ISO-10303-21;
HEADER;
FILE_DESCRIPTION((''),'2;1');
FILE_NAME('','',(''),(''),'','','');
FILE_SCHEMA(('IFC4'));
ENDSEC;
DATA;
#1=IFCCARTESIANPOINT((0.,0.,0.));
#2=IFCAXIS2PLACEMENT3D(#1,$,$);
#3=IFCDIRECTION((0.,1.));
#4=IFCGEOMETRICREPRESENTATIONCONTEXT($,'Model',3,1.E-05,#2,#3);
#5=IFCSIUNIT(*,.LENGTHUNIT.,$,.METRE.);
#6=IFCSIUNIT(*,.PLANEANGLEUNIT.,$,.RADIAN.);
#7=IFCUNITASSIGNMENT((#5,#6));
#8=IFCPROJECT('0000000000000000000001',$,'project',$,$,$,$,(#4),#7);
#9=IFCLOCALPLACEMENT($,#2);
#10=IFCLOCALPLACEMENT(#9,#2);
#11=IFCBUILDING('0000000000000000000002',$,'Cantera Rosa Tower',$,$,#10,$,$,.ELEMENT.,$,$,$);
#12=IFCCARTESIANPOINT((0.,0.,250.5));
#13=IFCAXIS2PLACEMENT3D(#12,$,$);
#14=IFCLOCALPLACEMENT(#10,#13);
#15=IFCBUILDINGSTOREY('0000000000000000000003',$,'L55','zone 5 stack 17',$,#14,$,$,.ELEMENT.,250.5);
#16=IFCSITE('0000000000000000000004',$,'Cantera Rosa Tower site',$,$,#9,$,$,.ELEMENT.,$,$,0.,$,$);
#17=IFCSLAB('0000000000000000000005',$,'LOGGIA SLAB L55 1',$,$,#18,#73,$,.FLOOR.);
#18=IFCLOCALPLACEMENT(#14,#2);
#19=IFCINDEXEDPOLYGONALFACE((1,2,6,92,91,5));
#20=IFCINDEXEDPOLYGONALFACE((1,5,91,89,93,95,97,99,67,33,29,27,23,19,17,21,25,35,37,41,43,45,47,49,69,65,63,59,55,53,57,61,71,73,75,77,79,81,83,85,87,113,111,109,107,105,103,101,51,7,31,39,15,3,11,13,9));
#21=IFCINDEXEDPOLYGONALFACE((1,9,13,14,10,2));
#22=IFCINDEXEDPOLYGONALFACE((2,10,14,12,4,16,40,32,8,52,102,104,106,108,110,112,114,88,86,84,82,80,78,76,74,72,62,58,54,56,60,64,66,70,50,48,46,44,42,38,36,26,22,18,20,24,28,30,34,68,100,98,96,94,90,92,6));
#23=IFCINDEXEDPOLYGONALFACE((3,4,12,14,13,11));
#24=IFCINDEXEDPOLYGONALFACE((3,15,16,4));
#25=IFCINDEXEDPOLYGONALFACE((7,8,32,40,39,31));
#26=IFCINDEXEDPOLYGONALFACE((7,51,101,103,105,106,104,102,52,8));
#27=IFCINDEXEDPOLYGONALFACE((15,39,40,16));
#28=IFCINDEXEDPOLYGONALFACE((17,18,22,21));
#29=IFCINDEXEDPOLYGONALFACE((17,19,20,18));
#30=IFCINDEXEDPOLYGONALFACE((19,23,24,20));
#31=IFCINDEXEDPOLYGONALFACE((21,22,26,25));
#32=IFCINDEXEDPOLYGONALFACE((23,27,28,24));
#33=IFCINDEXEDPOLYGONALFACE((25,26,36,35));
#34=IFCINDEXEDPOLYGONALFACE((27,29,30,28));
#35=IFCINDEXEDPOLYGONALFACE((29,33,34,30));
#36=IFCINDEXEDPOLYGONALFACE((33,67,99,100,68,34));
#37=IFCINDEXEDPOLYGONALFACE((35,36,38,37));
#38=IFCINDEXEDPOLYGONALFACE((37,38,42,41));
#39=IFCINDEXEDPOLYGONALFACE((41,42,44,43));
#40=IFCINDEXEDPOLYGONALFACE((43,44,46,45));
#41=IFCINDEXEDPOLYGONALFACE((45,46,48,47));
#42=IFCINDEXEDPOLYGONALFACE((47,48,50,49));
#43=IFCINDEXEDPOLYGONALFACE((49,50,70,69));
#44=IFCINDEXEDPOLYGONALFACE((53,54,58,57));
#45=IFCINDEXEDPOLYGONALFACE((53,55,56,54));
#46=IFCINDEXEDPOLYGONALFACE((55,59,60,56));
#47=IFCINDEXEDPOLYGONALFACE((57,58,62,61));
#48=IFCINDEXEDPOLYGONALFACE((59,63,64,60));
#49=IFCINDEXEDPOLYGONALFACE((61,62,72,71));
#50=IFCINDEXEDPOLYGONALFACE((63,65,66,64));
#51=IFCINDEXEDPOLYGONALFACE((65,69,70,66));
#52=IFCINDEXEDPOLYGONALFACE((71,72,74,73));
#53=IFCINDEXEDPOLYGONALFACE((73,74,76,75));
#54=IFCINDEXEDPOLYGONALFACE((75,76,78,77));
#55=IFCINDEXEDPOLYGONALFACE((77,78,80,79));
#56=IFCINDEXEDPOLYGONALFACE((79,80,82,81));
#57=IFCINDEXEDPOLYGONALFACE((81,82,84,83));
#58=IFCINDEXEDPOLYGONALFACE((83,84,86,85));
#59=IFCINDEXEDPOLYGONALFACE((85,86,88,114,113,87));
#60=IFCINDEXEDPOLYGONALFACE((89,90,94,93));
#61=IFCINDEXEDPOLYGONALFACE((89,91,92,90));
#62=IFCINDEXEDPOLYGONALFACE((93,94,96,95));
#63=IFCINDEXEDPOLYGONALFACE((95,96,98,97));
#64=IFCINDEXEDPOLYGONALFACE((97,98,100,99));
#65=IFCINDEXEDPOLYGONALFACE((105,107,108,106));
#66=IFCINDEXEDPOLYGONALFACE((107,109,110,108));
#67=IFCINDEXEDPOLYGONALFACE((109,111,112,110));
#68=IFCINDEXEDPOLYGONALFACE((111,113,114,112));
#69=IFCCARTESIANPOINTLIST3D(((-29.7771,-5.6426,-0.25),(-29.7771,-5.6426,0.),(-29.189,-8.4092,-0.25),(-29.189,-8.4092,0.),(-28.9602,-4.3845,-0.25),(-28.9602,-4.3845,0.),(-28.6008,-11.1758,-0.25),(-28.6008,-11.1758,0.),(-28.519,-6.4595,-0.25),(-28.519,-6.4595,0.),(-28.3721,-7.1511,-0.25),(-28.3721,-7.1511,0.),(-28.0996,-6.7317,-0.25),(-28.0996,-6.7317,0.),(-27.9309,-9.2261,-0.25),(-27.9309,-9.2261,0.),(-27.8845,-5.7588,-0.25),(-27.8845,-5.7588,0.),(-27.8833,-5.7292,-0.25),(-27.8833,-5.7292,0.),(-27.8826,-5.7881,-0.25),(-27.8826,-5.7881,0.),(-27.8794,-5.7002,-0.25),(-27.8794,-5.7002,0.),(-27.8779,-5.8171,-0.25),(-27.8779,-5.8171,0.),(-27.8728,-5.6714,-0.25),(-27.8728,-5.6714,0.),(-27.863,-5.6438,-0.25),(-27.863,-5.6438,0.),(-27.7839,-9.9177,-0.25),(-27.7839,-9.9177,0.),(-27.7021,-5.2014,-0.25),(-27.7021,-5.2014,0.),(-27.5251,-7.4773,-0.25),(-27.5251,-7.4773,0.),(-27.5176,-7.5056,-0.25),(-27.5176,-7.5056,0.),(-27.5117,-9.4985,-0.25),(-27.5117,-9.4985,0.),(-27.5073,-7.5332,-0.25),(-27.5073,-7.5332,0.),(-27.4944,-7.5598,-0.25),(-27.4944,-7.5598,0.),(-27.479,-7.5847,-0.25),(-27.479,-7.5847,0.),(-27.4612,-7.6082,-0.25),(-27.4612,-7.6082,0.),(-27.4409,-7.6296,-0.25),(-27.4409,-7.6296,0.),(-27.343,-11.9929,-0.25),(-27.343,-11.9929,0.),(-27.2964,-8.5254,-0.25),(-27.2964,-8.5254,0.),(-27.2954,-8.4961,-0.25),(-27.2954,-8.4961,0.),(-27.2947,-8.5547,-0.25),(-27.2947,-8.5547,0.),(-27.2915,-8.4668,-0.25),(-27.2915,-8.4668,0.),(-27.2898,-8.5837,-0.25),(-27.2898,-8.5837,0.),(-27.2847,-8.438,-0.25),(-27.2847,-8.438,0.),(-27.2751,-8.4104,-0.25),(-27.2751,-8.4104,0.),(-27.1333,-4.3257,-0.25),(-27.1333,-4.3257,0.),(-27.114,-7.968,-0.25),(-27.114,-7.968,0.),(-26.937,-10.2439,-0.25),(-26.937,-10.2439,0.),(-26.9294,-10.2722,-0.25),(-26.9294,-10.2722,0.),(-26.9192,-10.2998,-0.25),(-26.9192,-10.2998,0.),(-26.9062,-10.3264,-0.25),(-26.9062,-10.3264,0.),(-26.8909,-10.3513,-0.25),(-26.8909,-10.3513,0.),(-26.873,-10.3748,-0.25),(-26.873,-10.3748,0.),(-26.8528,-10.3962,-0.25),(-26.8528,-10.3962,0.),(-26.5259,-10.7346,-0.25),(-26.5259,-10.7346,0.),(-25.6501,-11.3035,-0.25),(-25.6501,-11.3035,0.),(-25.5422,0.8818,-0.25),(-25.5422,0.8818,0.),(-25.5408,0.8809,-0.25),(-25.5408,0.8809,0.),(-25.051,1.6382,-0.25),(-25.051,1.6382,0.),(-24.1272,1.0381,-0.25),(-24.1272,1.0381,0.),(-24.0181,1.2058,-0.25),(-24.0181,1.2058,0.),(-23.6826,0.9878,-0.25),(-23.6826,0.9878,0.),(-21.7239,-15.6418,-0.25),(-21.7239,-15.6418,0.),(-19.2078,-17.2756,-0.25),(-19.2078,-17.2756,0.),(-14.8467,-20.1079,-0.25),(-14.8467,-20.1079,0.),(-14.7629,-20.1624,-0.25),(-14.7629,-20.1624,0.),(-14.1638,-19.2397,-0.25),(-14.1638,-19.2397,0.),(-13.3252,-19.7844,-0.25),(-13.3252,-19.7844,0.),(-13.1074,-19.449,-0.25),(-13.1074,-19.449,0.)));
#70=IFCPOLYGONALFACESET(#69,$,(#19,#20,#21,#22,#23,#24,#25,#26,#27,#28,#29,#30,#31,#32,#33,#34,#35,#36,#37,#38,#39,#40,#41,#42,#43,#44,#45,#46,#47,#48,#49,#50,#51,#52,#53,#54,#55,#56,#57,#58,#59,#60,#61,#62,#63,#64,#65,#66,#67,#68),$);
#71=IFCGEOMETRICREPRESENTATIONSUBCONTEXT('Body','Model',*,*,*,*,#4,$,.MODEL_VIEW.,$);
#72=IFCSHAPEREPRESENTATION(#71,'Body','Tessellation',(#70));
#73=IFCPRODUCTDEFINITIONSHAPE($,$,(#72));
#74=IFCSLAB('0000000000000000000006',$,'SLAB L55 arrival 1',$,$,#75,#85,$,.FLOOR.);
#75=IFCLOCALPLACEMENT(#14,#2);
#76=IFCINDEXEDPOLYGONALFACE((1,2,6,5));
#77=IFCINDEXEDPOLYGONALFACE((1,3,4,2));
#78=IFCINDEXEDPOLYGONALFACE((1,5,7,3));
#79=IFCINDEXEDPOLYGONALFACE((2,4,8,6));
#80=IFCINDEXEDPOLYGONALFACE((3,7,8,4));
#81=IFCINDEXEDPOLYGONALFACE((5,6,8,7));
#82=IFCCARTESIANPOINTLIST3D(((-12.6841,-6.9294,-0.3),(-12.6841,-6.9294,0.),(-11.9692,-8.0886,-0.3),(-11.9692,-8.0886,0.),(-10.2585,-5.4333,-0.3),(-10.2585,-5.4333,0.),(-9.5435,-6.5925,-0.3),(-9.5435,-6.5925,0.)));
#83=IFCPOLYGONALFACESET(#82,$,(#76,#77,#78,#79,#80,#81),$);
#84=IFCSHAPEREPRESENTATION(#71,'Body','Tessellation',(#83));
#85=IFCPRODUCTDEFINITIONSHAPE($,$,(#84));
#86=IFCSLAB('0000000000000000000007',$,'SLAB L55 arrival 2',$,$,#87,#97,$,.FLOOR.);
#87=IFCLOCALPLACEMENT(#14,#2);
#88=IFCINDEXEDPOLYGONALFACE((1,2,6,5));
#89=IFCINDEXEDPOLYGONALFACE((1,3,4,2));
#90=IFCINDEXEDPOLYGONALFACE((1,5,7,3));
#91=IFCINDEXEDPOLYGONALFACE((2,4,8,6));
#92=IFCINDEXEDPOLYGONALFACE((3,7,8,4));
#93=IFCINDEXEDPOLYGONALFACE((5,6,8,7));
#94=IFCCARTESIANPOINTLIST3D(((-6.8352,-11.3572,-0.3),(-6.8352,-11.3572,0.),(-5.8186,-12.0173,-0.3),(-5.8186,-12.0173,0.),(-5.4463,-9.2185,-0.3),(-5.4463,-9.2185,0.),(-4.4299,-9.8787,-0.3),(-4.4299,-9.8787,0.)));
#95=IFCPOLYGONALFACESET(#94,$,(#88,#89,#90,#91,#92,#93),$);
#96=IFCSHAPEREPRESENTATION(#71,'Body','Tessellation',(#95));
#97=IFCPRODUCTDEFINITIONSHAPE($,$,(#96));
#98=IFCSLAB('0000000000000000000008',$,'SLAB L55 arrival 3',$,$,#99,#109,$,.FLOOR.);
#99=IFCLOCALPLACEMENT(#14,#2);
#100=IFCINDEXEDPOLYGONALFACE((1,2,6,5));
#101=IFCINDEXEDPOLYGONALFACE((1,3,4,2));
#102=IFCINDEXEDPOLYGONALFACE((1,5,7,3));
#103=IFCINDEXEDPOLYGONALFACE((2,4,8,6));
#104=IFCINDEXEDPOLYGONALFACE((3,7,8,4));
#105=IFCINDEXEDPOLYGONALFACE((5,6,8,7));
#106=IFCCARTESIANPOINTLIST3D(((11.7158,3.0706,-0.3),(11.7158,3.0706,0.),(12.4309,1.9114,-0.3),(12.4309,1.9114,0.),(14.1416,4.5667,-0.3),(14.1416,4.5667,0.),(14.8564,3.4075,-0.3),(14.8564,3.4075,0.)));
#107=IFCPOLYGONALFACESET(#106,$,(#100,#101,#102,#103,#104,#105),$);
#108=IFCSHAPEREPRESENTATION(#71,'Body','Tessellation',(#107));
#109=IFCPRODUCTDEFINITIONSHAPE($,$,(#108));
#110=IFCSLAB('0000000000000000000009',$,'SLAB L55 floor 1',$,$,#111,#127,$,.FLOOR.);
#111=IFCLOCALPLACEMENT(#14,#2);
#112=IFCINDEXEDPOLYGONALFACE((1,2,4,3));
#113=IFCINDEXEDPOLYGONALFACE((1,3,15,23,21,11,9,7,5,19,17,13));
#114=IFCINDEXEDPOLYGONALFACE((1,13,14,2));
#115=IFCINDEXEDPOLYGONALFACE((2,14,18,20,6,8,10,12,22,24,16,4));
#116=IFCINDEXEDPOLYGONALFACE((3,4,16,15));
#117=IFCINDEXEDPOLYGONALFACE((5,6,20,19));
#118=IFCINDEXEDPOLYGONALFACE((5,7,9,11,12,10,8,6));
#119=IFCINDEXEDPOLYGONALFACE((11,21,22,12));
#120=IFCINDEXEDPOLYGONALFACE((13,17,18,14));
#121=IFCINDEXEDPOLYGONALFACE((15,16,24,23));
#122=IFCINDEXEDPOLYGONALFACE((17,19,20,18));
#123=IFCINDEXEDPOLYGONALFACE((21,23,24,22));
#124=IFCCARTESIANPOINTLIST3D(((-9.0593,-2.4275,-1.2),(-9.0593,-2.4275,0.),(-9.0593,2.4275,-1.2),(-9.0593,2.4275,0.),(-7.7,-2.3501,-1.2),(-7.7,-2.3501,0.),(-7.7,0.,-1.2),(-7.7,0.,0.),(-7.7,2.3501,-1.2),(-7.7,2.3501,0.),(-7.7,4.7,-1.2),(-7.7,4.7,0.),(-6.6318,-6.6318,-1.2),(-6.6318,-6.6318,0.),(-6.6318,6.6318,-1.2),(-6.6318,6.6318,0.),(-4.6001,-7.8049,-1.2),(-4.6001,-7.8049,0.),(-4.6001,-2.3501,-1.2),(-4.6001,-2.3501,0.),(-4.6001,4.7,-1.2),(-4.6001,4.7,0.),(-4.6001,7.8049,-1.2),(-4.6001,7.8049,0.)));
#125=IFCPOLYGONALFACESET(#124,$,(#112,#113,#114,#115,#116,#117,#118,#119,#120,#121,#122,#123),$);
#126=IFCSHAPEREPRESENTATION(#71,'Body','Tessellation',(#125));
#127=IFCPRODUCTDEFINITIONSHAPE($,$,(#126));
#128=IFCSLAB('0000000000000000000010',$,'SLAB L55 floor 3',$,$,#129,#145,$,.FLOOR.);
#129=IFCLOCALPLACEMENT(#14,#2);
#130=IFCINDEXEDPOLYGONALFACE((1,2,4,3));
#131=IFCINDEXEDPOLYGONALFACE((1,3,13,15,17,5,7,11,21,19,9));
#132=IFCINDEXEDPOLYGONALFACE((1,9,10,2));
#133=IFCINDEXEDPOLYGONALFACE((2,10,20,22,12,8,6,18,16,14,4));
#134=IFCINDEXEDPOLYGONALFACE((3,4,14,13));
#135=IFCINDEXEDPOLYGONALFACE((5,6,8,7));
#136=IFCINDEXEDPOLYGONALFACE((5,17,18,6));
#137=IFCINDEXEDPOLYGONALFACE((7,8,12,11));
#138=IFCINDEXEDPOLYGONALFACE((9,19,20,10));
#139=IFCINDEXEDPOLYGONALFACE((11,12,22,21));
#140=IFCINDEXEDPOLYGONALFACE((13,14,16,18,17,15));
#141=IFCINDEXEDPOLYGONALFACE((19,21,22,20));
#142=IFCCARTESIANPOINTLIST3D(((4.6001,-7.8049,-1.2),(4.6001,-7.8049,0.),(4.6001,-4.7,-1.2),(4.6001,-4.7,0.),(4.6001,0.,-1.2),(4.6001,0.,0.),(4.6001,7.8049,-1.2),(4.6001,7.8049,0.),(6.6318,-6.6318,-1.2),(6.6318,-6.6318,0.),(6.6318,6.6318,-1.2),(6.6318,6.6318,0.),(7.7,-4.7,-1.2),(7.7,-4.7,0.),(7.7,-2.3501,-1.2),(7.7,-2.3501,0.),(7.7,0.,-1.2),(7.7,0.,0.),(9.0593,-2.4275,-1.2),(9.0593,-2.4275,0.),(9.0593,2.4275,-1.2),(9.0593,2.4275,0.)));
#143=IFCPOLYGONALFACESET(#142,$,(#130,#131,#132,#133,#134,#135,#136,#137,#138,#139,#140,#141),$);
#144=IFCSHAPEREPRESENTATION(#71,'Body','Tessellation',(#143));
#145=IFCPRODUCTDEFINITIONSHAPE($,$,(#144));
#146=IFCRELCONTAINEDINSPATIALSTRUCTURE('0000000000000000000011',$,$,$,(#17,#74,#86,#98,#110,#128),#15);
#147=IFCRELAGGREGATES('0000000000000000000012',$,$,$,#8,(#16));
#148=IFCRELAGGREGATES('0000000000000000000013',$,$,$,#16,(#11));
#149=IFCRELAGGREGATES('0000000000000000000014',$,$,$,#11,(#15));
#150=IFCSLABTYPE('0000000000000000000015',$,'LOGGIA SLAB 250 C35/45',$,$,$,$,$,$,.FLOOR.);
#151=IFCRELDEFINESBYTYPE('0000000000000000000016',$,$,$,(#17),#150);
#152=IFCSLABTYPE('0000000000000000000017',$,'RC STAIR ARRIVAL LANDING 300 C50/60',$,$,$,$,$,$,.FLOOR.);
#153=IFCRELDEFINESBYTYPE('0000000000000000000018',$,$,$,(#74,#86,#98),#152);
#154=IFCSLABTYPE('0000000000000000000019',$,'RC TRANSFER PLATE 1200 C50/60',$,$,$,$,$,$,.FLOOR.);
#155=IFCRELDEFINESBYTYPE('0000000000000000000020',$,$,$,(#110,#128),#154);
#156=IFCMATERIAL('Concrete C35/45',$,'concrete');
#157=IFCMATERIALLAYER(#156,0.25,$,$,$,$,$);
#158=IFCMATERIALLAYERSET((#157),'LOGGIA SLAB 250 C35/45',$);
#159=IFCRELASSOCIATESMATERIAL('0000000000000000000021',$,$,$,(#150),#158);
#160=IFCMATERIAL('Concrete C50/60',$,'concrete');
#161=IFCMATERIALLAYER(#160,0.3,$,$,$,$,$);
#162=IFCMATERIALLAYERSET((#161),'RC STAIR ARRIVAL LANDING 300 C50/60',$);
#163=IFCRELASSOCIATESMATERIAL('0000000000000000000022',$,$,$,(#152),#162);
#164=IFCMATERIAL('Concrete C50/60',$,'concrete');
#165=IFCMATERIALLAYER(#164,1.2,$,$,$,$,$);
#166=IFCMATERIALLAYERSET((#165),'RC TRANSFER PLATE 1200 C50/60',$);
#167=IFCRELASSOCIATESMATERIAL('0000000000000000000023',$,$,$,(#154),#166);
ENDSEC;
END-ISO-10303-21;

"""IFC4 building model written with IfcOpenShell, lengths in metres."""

from ifc_helpers import new_model, si_unit, direction, frame, origin, place, context, subcontext, project, spatial, polyline, outline, extrude, material, layer, layer_set, type_object, element, save


model = new_model("IFC4")

# Units and contexts
model_context = context("Model", 3, precision=1e-05, world=origin(), true_north=direction((0.0, 1.0)))
body_context = subcontext(model_context, "Body", "Model", "MODEL_VIEW")
ifc_project = project(units=[si_unit("LENGTHUNIT", "METRE"), si_unit("PLANEANGLEUNIT", "RADIAN")], contexts=[model_context])

# Site, building, storey
site_placement = place(None, origin())
site = spatial("IfcSite", under=ifc_project, at=site_placement, Name="Cantera Rosa Tower site", CompositionType="ELEMENT", RefElevation=0.0)
building_placement = place(site_placement, origin())
building = spatial("IfcBuilding", under=site, at=building_placement, Name="Cantera Rosa Tower", CompositionType="ELEMENT")
storey_placement = place(building_placement, frame((0.0, 0.0, 250.5)))
storey = spatial("IfcBuildingStorey", under=building, at=storey_placement, Name="L55", Description="zone 5 stack 17", CompositionType="ELEMENT", Elevation=250.5)

# Slabs
ifc_material_1 = material(Name="Concrete C35/45", Category="concrete")
ifc_layer_1 = layer(ifc_material_1, 0.25)
ifc_layer_set_1 = layer_set([ifc_layer_1], Name="LOGGIA SLAB 250 C35/45")
slab_type_1 = type_object("IfcSlabType", Name="LOGGIA SLAB 250 C35/45", PredefinedType="FLOOR", material=ifc_layer_set_1)
slab_1_placement = place(storey_placement, frame((0.0, 0.0, -0.25)))
element("IfcSlab", 1, at=slab_1_placement, inside=storey, type_object=slab_type_1, Name="LOGGIA SLAB L55 1", PredefinedType="FLOOR", context=body_context, shape_type="SweptSolid", body=[
    extrude(outline(polyline([(-28.6008, -11.1758), (-27.7839, -9.9177), (-27.5117, -9.4985), (-27.9309, -9.2261), (-29.189, -8.4092), (-28.3721, -7.1511), (-28.0996, -6.7317), (-28.519, -6.4595), (-29.7771, -5.6426), (-28.9602, -4.3845), (-25.5408, 0.8809), (-25.5422, 0.8818), (-25.051, 1.6382), (-24.1272, 1.0381), (-24.0181, 1.2058), (-23.6826, 0.9878), (-27.1333, -4.3257), (-27.7021, -5.2014), (-27.863, -5.6438), (-27.8728, -5.6714), (-27.8794, -5.7002), (-27.8833, -5.7292), (-27.8845, -5.7588), (-27.8826, -5.7881), (-27.8779, -5.8171), (-27.5251, -7.4773), (-27.5176, -7.5056), (-27.5073, -7.5332), (-27.4944, -7.5598), (-27.479, -7.5847), (-27.4612, -7.6082), (-27.4409, -7.6296), (-27.114, -7.968), (-27.2751, -8.4104), (-27.2847, -8.438), (-27.2915, -8.4668), (-27.2954, -8.4961), (-27.2964, -8.5254), (-27.2947, -8.5547), (-27.2898, -8.5837), (-26.937, -10.2439), (-26.9294, -10.2722), (-26.9192, -10.2998), (-26.9062, -10.3264), (-26.8909, -10.3513), (-26.873, -10.3748), (-26.8528, -10.3962), (-26.5259, -10.7346), (-25.6501, -11.3035), (-13.1074, -19.449), (-13.3252, -19.7844), (-14.1638, -19.2397), (-14.7629, -20.1624), (-14.8467, -20.1079), (-19.2078, -17.2756), (-21.7239, -15.6418), (-27.343, -11.9929), (-28.6008, -11.1758)])), origin(), (0.0, 0.0, 1.0), 0.25),
])
ifc_material_2 = material(Name="Concrete C50/60", Category="concrete")
ifc_layer_2 = layer(ifc_material_2, 0.3)
ifc_layer_set_2 = layer_set([ifc_layer_2], Name="RC STAIR ARRIVAL LANDING 300 C50/60")
slab_type_2 = type_object("IfcSlabType", Name="RC STAIR ARRIVAL LANDING 300 C50/60", PredefinedType="FLOOR", material=ifc_layer_set_2)
slab_2_placement = place(storey_placement, frame((0.0, 0.0, -0.3)))
element("IfcSlab", 2, at=slab_2_placement, inside=storey, type_object=slab_type_2, Name="SLAB L55 arrival 1", PredefinedType="FLOOR", context=body_context, shape_type="SweptSolid", body=[
    extrude(outline(polyline([(-10.2585, -5.4333), (-9.5435, -6.5925), (-11.9692, -8.0886), (-12.6841, -6.9294), (-10.2585, -5.4333)])), origin(), (0.0, 0.0, 1.0), 0.3),
])
slab_3_placement = place(storey_placement, frame((0.0, 0.0, -0.3)))
element("IfcSlab", 3, at=slab_3_placement, inside=storey, type_object=slab_type_2, Name="SLAB L55 arrival 2", PredefinedType="FLOOR", context=body_context, shape_type="SweptSolid", body=[
    extrude(outline(polyline([(-5.4463, -9.2185), (-4.4299, -9.8787), (-5.8186, -12.0173), (-6.8352, -11.3572), (-5.4463, -9.2185)])), origin(), (0.0, 0.0, 1.0), 0.3),
])
slab_4_placement = place(storey_placement, frame((0.0, 0.0, -0.3)))
element("IfcSlab", 4, at=slab_4_placement, inside=storey, type_object=slab_type_2, Name="SLAB L55 arrival 3", PredefinedType="FLOOR", context=body_context, shape_type="SweptSolid", body=[
    extrude(outline(polyline([(14.1416, 4.5667), (14.8564, 3.4075), (12.4309, 1.9114), (11.7158, 3.0706), (14.1416, 4.5667)])), origin(), (0.0, 0.0, 1.0), 0.3),
])
ifc_material_3 = material(Name="Concrete C50/60", Category="concrete")
ifc_layer_3 = layer(ifc_material_3, 1.2)
ifc_layer_set_3 = layer_set([ifc_layer_3], Name="RC TRANSFER PLATE 1200 C50/60")
slab_type_3 = type_object("IfcSlabType", Name="RC TRANSFER PLATE 1200 C50/60", PredefinedType="FLOOR", material=ifc_layer_set_3)
slab_5_placement = place(storey_placement, frame((0.0, 0.0, -1.2)))
element("IfcSlab", 5, at=slab_5_placement, inside=storey, type_object=slab_type_3, Name="SLAB L55 floor 1", PredefinedType="FLOOR", context=body_context, shape_type="SweptSolid", body=[
    extrude(outline(polyline([(-4.6001, -2.3501), (-4.6001, -7.8049), (-6.6318, -6.6318), (-9.0593, -2.4275), (-9.0593, 2.4275), (-6.6318, 6.6318), (-4.6001, 7.8049), (-4.6001, 4.7), (-7.7, 4.7), (-7.7, 2.3501), (-7.7, 0.0), (-7.7, -2.3501), (-4.6001, -2.3501)])), origin(), (0.0, 0.0, 1.0), 1.2),
])
slab_6_placement = place(storey_placement, frame((0.0, 0.0, -1.2)))
element("IfcSlab", 6, at=slab_6_placement, inside=storey, type_object=slab_type_3, Name="SLAB L55 floor 3", PredefinedType="FLOOR", context=body_context, shape_type="SweptSolid", body=[
    extrude(outline(polyline([(7.7, 0.0), (4.6001, 0.0), (4.6001, 7.8049), (6.6318, 6.6318), (9.0593, 2.4275), (9.0593, -2.4275), (6.6318, -6.6318), (4.6001, -7.8049), (4.6001, -4.7), (7.7, -4.7), (7.7, -2.3501), (7.7, 0.0)])), origin(), (0.0, 0.0, 1.0), 1.2),
])

save(model, "model.ifc")
